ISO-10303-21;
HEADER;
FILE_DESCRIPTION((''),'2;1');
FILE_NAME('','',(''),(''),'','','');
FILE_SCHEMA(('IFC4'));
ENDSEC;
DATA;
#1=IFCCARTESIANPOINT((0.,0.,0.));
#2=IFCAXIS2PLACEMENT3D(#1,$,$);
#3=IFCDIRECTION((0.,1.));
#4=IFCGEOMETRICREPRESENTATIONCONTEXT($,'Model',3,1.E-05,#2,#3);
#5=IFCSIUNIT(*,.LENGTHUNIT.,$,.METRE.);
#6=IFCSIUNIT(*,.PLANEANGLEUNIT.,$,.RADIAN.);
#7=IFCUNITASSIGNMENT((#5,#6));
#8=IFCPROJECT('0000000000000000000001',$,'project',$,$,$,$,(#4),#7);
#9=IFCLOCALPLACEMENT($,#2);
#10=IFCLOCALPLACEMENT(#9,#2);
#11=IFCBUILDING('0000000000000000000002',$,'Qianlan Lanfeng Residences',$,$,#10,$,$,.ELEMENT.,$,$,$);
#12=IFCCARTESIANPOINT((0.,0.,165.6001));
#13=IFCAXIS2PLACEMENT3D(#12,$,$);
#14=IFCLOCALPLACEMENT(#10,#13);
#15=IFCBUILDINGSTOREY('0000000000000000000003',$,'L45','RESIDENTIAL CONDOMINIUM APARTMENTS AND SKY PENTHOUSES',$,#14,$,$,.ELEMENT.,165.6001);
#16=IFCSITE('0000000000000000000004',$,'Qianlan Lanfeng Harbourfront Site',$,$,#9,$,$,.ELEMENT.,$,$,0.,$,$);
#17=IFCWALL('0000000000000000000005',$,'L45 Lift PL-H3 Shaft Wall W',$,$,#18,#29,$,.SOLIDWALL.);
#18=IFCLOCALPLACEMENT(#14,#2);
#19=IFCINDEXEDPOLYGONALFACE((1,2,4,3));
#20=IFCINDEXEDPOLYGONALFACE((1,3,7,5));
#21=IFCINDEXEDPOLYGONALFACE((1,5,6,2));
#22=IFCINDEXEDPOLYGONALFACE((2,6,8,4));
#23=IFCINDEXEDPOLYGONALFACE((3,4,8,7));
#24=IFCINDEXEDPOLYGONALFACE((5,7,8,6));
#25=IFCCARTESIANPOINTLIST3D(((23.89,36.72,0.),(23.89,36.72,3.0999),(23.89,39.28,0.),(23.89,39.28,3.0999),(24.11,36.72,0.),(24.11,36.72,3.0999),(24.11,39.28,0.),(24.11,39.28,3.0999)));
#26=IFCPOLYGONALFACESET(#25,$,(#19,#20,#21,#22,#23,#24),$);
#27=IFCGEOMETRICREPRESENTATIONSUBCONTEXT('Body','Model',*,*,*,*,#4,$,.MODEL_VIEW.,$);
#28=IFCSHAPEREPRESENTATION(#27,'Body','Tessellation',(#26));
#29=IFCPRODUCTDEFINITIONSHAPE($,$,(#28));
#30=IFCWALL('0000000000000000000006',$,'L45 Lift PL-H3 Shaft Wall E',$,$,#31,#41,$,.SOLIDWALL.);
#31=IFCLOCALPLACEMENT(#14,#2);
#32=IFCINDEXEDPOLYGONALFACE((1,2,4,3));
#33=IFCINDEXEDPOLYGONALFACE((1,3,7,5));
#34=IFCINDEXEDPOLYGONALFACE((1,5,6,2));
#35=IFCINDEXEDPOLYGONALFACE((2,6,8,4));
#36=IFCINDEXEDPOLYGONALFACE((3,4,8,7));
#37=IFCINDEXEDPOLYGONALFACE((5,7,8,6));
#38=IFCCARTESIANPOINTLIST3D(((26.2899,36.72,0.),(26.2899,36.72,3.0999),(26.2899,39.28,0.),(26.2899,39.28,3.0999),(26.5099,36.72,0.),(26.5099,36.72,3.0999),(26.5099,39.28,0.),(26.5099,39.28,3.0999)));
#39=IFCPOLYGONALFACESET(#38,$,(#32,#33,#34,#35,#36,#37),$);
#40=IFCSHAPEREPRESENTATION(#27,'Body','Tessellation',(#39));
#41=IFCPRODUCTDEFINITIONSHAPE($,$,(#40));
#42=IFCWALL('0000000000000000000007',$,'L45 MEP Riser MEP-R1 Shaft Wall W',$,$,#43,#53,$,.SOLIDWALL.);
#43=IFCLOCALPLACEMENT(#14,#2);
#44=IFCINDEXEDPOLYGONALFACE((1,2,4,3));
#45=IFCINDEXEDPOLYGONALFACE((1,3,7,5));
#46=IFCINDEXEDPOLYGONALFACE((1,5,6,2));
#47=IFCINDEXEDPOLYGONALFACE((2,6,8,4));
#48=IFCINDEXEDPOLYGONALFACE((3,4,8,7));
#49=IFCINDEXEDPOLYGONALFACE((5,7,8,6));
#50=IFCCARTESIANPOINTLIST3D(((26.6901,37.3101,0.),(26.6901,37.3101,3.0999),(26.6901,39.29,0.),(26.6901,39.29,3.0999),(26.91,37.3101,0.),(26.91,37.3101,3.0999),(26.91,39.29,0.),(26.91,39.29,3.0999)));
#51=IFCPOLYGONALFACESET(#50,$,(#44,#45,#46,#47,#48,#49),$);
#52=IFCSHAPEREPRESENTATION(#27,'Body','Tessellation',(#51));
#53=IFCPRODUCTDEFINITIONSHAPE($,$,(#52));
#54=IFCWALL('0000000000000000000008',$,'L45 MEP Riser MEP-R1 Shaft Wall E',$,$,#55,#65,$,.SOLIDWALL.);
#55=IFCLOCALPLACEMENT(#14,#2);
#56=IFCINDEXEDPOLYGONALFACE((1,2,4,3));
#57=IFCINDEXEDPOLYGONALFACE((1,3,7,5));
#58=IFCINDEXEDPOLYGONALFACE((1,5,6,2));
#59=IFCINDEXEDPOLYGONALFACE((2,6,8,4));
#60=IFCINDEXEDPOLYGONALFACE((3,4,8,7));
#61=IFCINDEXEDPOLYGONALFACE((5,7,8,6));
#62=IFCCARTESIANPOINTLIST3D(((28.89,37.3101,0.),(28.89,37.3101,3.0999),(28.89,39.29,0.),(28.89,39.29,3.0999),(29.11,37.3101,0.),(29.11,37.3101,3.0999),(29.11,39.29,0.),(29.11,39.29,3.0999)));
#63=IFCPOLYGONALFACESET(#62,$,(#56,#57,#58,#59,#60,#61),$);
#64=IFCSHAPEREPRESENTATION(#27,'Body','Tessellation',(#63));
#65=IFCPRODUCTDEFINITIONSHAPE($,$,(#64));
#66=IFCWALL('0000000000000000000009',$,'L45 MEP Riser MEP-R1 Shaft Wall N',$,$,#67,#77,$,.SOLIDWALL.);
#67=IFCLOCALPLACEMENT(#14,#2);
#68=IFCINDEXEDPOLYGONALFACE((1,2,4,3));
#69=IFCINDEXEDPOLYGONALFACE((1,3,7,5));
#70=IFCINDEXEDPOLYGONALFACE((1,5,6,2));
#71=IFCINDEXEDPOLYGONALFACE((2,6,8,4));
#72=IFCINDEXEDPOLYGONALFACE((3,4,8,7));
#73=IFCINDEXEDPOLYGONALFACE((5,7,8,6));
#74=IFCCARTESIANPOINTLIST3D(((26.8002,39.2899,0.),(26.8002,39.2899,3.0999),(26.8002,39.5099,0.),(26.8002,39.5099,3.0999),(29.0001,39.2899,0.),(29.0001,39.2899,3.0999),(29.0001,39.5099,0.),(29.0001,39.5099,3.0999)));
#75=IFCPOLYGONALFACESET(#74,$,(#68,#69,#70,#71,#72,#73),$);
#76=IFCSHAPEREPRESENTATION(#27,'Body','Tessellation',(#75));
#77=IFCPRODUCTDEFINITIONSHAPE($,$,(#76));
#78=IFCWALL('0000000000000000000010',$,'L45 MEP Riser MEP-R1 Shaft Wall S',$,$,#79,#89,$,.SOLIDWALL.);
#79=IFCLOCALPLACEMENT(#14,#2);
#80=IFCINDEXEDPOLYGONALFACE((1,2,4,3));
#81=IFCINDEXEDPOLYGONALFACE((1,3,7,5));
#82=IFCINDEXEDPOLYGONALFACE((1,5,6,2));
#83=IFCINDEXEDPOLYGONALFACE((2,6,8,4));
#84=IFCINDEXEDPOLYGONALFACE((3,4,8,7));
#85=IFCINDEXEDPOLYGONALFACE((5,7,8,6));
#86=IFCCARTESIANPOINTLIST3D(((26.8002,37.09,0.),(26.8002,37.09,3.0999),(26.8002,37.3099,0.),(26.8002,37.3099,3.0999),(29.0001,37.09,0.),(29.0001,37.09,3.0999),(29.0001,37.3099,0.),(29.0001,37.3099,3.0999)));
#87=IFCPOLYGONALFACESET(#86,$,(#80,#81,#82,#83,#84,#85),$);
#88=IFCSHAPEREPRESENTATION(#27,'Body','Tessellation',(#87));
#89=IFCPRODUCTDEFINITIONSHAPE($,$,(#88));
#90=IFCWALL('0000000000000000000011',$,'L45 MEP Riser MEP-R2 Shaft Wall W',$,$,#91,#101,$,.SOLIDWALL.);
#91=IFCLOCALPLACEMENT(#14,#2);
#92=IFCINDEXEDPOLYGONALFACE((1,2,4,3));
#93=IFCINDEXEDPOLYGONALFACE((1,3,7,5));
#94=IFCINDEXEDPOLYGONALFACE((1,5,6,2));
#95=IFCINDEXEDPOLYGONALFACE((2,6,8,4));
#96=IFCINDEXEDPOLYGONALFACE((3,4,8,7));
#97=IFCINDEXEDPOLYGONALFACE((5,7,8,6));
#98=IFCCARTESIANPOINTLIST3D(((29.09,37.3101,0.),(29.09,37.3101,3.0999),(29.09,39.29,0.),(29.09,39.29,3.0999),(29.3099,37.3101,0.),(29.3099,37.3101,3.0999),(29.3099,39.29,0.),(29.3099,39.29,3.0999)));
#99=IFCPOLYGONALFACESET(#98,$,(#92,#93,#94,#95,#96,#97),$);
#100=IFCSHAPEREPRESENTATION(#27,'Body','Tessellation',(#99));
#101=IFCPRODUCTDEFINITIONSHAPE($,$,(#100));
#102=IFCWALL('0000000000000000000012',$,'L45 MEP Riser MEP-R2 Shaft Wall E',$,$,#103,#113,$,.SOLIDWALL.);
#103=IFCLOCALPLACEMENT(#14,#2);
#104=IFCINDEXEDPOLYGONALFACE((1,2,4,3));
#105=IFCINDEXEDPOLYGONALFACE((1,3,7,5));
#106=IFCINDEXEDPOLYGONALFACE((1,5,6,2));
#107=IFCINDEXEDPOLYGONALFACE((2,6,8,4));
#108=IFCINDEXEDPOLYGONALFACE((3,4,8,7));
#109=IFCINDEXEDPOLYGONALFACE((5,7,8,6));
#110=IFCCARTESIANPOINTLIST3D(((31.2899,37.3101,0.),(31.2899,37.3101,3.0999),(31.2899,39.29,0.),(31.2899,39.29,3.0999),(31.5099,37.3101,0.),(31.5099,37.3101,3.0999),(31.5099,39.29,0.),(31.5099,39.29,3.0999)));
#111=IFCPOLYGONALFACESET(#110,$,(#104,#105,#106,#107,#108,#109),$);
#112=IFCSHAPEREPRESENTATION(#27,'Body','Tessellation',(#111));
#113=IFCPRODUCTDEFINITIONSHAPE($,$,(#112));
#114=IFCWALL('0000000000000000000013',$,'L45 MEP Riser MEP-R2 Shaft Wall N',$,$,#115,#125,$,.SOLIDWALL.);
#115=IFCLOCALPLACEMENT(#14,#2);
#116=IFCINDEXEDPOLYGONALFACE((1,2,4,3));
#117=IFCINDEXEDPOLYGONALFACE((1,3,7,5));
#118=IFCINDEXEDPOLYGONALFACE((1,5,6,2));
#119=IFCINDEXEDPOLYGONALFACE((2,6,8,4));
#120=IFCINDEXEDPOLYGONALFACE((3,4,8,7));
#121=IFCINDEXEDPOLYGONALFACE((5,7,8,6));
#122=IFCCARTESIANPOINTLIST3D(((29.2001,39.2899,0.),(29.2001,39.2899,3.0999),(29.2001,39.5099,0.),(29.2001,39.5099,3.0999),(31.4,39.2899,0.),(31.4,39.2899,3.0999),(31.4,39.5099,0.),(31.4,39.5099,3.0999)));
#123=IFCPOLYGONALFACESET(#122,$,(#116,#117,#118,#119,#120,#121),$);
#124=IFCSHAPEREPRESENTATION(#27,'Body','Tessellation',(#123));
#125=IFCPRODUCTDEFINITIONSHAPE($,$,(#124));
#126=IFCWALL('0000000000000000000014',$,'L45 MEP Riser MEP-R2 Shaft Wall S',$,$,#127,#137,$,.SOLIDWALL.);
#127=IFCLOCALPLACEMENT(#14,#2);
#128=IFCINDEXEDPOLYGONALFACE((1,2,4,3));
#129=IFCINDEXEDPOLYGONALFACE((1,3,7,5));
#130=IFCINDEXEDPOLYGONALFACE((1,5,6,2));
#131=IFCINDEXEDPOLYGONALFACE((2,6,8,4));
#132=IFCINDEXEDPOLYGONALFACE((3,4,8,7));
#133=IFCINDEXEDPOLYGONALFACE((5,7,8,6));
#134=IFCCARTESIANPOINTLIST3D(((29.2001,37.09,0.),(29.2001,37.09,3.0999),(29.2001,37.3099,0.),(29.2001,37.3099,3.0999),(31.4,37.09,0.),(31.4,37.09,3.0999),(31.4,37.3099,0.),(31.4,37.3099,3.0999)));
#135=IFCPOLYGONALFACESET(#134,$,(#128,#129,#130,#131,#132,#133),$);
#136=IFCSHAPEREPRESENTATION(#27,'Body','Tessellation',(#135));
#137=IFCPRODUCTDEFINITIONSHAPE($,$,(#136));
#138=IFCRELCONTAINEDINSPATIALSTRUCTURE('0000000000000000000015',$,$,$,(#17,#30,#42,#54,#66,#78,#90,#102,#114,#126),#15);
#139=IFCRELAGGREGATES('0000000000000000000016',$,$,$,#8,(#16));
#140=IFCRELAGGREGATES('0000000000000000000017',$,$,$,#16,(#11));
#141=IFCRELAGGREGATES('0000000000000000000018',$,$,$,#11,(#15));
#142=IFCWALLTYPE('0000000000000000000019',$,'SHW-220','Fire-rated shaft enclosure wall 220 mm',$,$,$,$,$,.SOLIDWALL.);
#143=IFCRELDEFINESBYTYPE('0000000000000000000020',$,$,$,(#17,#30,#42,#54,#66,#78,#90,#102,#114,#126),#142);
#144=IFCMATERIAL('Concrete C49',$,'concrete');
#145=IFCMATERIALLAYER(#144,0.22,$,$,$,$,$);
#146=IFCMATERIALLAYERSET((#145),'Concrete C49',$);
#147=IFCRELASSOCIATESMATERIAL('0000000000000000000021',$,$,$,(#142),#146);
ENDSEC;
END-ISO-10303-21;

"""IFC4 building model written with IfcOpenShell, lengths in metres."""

from ifc_helpers import new_model, si_unit, direction, frame, frame_2d, origin, place, context, subcontext, project, spatial, rectangle, extrude, material, layer, layer_set, type_object, element, save


model = new_model("IFC4")

# Units and contexts
model_context = context("Model", 3, precision=1e-05, world=origin(), true_north=direction((0.0, 1.0)))
body_context = subcontext(model_context, "Body", "Model", "MODEL_VIEW")
ifc_project = project(units=[si_unit("LENGTHUNIT", "METRE"), si_unit("PLANEANGLEUNIT", "RADIAN")], contexts=[model_context])

# Site, building, storey
site_placement = place(None, origin())
site = spatial("IfcSite", under=ifc_project, at=site_placement, Name="Qianlan Lanfeng Harbourfront Site", CompositionType="ELEMENT", RefElevation=0.0)
building_placement = place(site_placement, origin())
building = spatial("IfcBuilding", under=site, at=building_placement, Name="Qianlan Lanfeng Residences", CompositionType="ELEMENT")
storey_placement = place(building_placement, frame((0.0, 0.0, 165.6001)))
storey = spatial("IfcBuildingStorey", under=building, at=storey_placement, Name="L45", Description="RESIDENTIAL CONDOMINIUM APARTMENTS AND SKY PENTHOUSES", CompositionType="ELEMENT", Elevation=165.6001)

# Walls
ifc_material_1 = material(Name="Concrete C49", Category="concrete")
ifc_layer_1 = layer(ifc_material_1, 0.22)
ifc_layer_set_1 = layer_set([ifc_layer_1], Name="Concrete C49")
wall_type_1 = type_object("IfcWallType", Name="SHW-220", Description="Fire-rated shaft enclosure wall 220 mm", PredefinedType="SOLIDWALL", material=ifc_layer_set_1)
for number, where, z_axis, x_axis, name in (
    (1, (24.0, 36.72, 0.0), (0.0, 0.0, 1.0), (0.0, 1.0, 0.0), "L45 Lift PL-H3 Shaft Wall W"),
    (2, (26.3999, 36.72, 0.0), (0.0, 0.0, 1.0), (0.0, 1.0, 0.0), "L45 Lift PL-H3 Shaft Wall E"),
):
    element("IfcWall", number, at=place(storey_placement, frame(where, z_axis=z_axis, x_axis=x_axis)), inside=storey, type_object=wall_type_1, Name=name, PredefinedType="SOLIDWALL", context=body_context, shape_type="SweptSolid", body=[
        extrude(rectangle(XDim=2.5601, YDim=0.22, at=frame_2d((1.28, 0.0))), origin(), (0.0, 0.0, 1.0), 3.0999),
    ])
for number, where, z_axis, x_axis, name in (
    (3, (26.8, 37.3101, 0.0), (0.0, 0.0, 1.0), (0.0, 1.0, 0.0), "L45 MEP Riser MEP-R1 Shaft Wall W"),
    (4, (29.0, 37.3101, 0.0), (0.0, 0.0, 1.0), (0.0, 1.0, 0.0), "L45 MEP Riser MEP-R1 Shaft Wall E"),
):
    element("IfcWall", number, at=place(storey_placement, frame(where, z_axis=z_axis, x_axis=x_axis)), inside=storey, type_object=wall_type_1, Name=name, PredefinedType="SOLIDWALL", context=body_context, shape_type="SweptSolid", body=[
        extrude(rectangle(XDim=1.98, YDim=0.22, at=frame_2d((0.99, 0.0))), origin(), (0.0, 0.0, 1.0), 3.0999),
    ])
for number, where, z_axis, x_axis, name in (
    (5, (26.8, 39.3999, 0.0), (0.0, 0.0, 1.0), (1.0, 0.0, 0.0), "L45 MEP Riser MEP-R1 Shaft Wall N"),
    (6, (26.8, 37.2, 0.0), (0.0, 0.0, 1.0), (1.0, 0.0, 0.0), "L45 MEP Riser MEP-R1 Shaft Wall S"),
):
    element("IfcWall", number, at=place(storey_placement, frame(where, z_axis=z_axis, x_axis=x_axis)), inside=storey, type_object=wall_type_1, Name=name, PredefinedType="SOLIDWALL", context=body_context, shape_type="SweptSolid", body=[
        extrude(rectangle(XDim=2.2, YDim=0.22, at=frame_2d((1.1001, 0.0))), origin(), (0.0, 0.0, 1.0), 3.0999),
    ])
for number, where, z_axis, x_axis, name in (
    (7, (29.2, 37.3101, 0.0), (0.0, 0.0, 1.0), (0.0, 1.0, 0.0), "L45 MEP Riser MEP-R2 Shaft Wall W"),
    (8, (31.3999, 37.3101, 0.0), (0.0, 0.0, 1.0), (0.0, 1.0, 0.0), "L45 MEP Riser MEP-R2 Shaft Wall E"),
):
    element("IfcWall", number, at=place(storey_placement, frame(where, z_axis=z_axis, x_axis=x_axis)), inside=storey, type_object=wall_type_1, Name=name, PredefinedType="SOLIDWALL", context=body_context, shape_type="SweptSolid", body=[
        extrude(rectangle(XDim=1.98, YDim=0.22, at=frame_2d((0.99, 0.0))), origin(), (0.0, 0.0, 1.0), 3.0999),
    ])
for number, where, z_axis, x_axis, name in (
    (9, (29.2, 39.3999, 0.0), (0.0, 0.0, 1.0), (1.0, 0.0, 0.0), "L45 MEP Riser MEP-R2 Shaft Wall N"),
    (10, (29.2, 37.2, 0.0), (0.0, 0.0, 1.0), (1.0, 0.0, 0.0), "L45 MEP Riser MEP-R2 Shaft Wall S"),
):
    element("IfcWall", number, at=place(storey_placement, frame(where, z_axis=z_axis, x_axis=x_axis)), inside=storey, type_object=wall_type_1, Name=name, PredefinedType="SOLIDWALL", context=body_context, shape_type="SweptSolid", body=[
        extrude(rectangle(XDim=2.2, YDim=0.22, at=frame_2d((1.1001, 0.0))), origin(), (0.0, 0.0, 1.0), 3.0999),
    ])

save(model, "model.ifc")
